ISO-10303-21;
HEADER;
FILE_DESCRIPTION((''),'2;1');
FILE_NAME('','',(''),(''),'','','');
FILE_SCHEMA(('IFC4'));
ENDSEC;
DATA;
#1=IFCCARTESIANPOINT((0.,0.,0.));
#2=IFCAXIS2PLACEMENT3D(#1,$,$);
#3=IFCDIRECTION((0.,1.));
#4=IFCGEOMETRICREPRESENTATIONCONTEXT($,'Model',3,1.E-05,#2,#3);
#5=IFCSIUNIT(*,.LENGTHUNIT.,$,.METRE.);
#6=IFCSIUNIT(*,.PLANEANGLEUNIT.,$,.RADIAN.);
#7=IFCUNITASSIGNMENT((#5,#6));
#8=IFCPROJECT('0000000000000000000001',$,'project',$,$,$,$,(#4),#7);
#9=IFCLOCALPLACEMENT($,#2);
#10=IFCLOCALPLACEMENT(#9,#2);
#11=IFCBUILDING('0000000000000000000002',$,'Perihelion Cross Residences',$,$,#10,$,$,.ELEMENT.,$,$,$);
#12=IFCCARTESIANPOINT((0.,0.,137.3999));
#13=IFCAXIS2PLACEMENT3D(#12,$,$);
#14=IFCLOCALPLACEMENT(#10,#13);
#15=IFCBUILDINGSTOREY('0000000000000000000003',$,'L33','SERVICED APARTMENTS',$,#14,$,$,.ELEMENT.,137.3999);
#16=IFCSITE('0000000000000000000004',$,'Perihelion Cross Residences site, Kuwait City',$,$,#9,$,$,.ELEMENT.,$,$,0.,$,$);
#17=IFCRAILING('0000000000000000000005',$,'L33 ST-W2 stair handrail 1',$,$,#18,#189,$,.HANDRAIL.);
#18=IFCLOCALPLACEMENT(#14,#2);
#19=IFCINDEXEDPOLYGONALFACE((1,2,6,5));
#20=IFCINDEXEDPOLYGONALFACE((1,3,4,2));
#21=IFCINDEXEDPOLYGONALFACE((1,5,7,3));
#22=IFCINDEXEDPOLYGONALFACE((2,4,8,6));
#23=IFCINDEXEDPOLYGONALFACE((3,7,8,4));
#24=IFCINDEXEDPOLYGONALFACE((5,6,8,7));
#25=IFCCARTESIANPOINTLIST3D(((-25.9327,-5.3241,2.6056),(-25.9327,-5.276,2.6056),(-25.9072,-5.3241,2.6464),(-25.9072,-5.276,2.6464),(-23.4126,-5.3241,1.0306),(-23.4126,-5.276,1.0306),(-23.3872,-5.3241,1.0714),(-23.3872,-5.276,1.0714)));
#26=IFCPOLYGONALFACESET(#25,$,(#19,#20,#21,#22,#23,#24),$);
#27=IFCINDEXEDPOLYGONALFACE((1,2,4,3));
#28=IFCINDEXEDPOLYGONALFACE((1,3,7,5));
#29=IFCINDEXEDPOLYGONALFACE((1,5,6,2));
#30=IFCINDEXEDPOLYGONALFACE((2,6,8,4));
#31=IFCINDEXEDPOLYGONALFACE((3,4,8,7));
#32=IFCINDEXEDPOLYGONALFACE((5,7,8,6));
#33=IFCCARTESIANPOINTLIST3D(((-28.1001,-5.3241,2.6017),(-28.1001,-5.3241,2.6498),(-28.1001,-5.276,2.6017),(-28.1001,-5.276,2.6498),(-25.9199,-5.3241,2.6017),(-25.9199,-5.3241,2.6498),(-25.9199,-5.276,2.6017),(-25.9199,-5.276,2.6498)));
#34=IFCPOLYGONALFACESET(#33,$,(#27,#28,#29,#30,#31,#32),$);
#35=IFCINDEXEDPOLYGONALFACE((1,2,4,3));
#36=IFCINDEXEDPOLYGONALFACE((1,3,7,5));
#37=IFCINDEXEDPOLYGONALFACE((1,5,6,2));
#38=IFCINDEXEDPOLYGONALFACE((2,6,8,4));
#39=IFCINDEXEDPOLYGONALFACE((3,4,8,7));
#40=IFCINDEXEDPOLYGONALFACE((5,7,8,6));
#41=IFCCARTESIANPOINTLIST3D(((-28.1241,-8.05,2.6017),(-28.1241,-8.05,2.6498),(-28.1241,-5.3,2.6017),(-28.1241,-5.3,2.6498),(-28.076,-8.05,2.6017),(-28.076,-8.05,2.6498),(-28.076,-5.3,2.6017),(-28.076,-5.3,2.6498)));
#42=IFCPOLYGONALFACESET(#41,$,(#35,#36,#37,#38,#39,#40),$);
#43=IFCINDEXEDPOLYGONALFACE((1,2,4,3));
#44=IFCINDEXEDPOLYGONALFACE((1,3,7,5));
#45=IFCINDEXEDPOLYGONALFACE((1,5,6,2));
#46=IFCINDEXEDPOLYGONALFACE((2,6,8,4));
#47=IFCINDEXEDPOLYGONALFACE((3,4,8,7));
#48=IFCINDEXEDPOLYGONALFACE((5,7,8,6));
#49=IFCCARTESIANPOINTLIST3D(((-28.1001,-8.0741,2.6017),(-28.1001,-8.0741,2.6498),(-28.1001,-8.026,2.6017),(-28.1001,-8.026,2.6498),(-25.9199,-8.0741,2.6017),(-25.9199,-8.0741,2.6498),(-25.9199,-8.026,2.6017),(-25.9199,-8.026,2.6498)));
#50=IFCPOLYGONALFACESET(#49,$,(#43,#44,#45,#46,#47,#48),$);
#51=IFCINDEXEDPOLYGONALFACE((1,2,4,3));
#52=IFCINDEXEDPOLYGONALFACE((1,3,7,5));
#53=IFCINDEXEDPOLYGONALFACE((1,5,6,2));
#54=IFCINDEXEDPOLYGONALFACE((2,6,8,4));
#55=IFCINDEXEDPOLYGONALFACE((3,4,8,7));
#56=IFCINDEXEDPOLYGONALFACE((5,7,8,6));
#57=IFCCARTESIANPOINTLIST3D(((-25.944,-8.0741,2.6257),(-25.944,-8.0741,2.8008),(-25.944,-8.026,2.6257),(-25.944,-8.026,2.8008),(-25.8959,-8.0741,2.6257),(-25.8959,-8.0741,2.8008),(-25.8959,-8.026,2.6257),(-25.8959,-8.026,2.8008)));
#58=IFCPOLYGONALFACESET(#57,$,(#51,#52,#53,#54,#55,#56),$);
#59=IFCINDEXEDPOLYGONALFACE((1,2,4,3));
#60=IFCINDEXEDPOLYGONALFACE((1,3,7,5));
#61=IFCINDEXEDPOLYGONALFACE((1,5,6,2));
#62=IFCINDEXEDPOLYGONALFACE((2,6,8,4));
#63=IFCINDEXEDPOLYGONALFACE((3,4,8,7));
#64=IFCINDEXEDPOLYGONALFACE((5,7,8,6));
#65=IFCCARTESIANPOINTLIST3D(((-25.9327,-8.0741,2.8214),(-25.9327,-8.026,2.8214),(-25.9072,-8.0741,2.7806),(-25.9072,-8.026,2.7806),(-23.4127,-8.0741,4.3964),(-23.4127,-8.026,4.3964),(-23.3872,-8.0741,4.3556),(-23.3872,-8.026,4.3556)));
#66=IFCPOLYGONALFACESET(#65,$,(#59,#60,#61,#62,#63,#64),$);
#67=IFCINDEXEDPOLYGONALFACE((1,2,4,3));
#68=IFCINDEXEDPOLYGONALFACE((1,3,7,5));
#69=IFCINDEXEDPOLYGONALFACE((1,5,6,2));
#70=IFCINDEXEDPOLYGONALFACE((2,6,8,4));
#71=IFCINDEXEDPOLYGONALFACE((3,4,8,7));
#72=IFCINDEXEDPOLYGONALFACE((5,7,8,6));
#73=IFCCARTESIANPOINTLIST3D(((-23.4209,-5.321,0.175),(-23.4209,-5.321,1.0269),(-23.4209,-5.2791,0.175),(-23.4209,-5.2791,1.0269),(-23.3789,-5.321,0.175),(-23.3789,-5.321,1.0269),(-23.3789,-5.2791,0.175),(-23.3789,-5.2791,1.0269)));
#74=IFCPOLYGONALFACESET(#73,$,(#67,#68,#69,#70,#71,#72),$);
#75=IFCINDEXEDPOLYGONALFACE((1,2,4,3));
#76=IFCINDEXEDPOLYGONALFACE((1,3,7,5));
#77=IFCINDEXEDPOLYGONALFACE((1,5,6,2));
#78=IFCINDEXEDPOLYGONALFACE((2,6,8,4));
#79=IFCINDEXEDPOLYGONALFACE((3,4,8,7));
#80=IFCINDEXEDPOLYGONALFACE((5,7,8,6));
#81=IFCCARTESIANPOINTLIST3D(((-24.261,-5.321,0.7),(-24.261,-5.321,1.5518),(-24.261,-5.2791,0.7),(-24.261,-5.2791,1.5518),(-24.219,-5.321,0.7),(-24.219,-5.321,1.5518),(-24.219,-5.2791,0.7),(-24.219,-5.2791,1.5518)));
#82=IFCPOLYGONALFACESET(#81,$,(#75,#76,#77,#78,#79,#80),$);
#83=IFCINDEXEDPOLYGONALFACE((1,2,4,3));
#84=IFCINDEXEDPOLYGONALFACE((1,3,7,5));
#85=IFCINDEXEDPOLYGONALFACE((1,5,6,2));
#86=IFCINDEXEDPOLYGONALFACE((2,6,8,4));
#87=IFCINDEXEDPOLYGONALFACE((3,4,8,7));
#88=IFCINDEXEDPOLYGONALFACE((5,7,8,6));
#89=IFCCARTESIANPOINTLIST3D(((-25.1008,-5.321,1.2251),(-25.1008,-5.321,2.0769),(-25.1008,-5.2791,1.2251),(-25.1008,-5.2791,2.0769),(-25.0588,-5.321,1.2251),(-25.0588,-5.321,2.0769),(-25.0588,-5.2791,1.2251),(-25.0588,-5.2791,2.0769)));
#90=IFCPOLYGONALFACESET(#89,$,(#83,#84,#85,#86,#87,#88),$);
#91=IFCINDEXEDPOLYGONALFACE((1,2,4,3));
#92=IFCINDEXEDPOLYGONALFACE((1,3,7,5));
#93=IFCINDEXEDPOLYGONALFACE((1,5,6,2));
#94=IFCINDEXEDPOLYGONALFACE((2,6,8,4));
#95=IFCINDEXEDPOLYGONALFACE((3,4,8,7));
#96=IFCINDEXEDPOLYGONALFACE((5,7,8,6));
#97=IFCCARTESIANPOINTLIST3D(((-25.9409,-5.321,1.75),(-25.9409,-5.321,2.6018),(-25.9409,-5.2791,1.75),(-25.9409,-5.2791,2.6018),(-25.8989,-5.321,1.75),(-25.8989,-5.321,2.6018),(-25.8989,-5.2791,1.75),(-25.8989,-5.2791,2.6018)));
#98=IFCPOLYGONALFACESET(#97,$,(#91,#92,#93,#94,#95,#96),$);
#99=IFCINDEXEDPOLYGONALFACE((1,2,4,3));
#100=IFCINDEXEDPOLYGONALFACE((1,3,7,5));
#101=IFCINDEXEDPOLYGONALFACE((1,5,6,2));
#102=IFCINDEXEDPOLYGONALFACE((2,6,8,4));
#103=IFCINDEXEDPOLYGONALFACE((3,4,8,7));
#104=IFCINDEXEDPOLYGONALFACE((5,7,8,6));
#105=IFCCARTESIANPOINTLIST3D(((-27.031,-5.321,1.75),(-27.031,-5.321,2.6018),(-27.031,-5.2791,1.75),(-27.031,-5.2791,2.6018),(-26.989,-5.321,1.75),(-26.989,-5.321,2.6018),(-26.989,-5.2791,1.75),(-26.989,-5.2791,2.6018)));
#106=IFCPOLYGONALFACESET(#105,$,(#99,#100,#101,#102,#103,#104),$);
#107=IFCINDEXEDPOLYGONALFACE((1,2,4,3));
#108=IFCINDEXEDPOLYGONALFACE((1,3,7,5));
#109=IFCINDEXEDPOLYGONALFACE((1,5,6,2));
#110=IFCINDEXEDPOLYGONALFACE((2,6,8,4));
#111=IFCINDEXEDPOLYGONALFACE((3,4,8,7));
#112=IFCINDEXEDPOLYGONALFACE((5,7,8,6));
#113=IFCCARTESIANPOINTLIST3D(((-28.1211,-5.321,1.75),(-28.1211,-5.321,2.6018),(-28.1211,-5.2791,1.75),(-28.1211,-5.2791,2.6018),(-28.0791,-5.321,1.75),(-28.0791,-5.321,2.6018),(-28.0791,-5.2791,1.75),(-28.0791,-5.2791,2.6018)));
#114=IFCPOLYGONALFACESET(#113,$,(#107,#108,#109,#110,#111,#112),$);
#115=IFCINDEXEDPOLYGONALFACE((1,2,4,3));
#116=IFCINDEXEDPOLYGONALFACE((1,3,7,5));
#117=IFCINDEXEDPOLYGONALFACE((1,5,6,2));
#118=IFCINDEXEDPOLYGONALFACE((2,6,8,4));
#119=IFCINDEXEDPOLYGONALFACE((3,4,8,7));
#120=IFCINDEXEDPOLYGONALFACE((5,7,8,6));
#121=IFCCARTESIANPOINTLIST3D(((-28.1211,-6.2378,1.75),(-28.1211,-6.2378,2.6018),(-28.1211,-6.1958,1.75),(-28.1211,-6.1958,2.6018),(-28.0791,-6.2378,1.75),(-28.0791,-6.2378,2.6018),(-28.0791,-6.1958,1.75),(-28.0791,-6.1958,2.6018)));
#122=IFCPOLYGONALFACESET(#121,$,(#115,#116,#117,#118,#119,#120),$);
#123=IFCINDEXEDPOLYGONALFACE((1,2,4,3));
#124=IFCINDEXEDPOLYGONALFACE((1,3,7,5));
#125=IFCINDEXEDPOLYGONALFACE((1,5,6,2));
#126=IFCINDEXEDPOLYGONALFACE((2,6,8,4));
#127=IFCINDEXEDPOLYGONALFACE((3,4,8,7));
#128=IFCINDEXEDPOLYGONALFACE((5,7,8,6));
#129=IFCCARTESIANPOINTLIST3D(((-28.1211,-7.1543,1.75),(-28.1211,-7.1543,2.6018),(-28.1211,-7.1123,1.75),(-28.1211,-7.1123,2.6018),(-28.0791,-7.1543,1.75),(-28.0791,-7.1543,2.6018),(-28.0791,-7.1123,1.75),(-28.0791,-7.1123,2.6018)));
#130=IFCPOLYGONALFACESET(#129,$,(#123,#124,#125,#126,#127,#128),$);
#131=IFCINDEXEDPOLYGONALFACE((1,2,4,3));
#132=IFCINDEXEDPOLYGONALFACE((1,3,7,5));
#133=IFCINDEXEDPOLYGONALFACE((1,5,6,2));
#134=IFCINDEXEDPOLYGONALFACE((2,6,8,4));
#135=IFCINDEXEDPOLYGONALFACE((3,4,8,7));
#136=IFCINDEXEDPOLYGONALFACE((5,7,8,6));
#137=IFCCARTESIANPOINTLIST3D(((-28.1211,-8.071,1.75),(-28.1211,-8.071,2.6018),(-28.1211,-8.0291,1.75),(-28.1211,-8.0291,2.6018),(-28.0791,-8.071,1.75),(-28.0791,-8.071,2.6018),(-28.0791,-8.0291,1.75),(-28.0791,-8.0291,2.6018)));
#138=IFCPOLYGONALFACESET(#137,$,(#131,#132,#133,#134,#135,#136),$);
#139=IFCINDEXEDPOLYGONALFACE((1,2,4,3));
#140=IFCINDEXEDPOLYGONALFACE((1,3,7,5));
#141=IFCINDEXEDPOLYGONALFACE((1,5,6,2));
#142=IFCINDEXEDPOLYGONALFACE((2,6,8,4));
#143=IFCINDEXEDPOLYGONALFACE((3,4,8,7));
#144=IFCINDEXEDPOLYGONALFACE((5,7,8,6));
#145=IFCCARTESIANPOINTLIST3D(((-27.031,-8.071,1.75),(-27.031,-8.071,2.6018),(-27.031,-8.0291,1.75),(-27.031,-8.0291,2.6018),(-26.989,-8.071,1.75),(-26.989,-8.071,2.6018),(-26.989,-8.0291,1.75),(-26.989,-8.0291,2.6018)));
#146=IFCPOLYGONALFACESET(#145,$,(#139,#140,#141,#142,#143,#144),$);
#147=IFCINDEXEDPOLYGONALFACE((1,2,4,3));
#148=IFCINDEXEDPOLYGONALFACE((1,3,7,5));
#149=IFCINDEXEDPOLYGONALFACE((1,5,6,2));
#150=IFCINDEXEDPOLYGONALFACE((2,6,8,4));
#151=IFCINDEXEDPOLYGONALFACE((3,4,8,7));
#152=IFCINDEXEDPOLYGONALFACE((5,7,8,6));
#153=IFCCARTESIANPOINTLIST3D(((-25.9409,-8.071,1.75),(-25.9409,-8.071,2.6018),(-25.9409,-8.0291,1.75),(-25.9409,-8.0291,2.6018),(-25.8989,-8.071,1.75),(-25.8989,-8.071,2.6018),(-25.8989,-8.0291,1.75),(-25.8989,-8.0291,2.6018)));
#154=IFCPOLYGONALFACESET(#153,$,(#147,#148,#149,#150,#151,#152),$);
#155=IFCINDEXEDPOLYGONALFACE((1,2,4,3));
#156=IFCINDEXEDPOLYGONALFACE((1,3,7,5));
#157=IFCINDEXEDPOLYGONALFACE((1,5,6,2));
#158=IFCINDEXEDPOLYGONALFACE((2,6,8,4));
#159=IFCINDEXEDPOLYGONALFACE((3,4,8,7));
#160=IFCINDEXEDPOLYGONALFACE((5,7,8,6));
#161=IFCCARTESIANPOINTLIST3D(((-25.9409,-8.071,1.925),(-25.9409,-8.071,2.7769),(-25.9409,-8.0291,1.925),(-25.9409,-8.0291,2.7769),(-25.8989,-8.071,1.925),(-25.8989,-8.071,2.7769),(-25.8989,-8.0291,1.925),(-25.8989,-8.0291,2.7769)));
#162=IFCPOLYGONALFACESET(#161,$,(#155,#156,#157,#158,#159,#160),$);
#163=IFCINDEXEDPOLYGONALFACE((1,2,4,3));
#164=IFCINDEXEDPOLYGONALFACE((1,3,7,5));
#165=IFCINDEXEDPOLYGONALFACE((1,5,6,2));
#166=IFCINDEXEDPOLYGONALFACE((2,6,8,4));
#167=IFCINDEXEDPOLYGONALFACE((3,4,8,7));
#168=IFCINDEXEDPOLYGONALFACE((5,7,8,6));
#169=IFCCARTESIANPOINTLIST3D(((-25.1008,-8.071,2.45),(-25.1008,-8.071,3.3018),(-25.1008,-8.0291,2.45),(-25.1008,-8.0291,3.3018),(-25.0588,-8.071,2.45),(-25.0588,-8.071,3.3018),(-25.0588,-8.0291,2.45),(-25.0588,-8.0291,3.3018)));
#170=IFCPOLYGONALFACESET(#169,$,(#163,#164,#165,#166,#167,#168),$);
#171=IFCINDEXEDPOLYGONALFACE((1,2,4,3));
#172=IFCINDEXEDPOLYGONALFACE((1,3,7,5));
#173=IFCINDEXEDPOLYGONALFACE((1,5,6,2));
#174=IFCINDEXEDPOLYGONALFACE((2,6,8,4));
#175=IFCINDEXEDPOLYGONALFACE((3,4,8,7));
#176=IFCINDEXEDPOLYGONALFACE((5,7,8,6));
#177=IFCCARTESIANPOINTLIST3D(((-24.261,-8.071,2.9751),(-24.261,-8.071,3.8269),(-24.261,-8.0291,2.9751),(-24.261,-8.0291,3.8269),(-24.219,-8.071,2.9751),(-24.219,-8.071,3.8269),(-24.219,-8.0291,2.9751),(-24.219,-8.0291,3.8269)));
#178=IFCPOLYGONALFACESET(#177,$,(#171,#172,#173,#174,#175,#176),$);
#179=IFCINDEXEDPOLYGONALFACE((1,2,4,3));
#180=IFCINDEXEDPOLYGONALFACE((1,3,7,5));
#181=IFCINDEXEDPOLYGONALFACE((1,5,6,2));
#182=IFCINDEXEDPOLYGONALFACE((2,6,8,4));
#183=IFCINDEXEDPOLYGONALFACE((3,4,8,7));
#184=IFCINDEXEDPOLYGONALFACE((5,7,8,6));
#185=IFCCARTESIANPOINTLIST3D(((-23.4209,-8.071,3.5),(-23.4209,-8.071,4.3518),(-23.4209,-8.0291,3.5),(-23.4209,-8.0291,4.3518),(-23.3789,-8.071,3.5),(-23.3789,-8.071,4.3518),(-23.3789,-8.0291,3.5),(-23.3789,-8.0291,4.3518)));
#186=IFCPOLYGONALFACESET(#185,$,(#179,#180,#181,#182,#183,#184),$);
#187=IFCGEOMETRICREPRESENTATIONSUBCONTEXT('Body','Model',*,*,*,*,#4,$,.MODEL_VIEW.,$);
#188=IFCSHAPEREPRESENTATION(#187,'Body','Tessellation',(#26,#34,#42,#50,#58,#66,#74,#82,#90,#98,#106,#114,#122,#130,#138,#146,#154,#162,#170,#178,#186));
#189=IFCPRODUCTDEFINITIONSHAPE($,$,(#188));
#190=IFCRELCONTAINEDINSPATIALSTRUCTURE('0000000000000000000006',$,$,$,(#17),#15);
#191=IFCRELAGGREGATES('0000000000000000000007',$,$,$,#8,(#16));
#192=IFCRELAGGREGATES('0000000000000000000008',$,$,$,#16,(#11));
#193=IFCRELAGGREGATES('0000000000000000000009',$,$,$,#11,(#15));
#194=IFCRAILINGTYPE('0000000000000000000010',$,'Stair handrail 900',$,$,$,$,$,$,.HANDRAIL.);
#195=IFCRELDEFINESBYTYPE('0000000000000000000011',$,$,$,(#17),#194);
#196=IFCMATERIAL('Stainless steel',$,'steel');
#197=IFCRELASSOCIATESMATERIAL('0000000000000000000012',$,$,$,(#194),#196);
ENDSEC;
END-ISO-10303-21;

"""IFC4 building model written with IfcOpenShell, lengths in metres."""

from ifc_helpers import new_model, si_unit, direction, frame, origin, origin_2d, place, context, subcontext, project, spatial, rectangle, extrude, material, type_object, element, save


model = new_model("IFC4")

# Units and contexts
model_context = context("Model", 3, precision=1e-05, world=origin(), true_north=direction((0.0, 1.0)))
body_context = subcontext(model_context, "Body", "Model", "MODEL_VIEW")
ifc_project = project(units=[si_unit("LENGTHUNIT", "METRE"), si_unit("PLANEANGLEUNIT", "RADIAN")], contexts=[model_context])

# Site, building, storey
site_placement = place(None, origin())
site = spatial("IfcSite", under=ifc_project, at=site_placement, Name="Perihelion Cross Residences site, Kuwait City", CompositionType="ELEMENT", RefElevation=0.0)
building_placement = place(site_placement, origin())
building = spatial("IfcBuilding", under=site, at=building_placement, Name="Perihelion Cross Residences", CompositionType="ELEMENT")
storey_placement = place(building_placement, frame((0.0, 0.0, 137.3999)))
storey = spatial("IfcBuildingStorey", under=building, at=storey_placement, Name="L33", Description="SERVICED APARTMENTS", CompositionType="ELEMENT", Elevation=137.3999)

# Railing
ifc_material_1 = material(Name="Stainless steel", Category="steel")
railing_type_1 = type_object("IfcRailingType", Name="Stair handrail 900", PredefinedType="HANDRAIL", material=ifc_material_1)
railing_1_placement = place(storey_placement, frame((-23.3999, -5.3, 0.175)))
element("IfcRailing", 1, at=railing_1_placement, inside=storey, type_object=railing_type_1, Name="L33 ST-W2 stair handrail 1", PredefinedType="HANDRAIL", context=body_context, shape_type="SweptSolid", body=[
    extrude(rectangle(XDim=0.0481, YDim=0.0481, at=origin_2d()), frame((0.0, 0.0, 0.876), z_axis=(-0.848008, 0.0, 0.529984), x_axis=(0.0, -1.0, 0.0)), (0.0, 0.0, 1.0), 2.9717),
    extrude(rectangle(XDim=0.0481, YDim=0.0481, at=origin_2d()), frame((-2.52, 0.0, 2.4507), z_axis=(-1.0, 0.0, 0.0), x_axis=(0.0, -1.0, 0.0)), (0.0, 0.0, 1.0), 2.1802),
    extrude(rectangle(XDim=0.0481, YDim=0.0481, at=origin_2d()), frame((-4.7002, 0.0, 2.4507), z_axis=(0.0, -1.0, 0.0), x_axis=(1.0, 0.0, 0.0)), (0.0, 0.0, 1.0), 2.75),
    extrude(rectangle(XDim=0.0481, YDim=0.0481, at=origin_2d()), frame((-4.7002, -2.75, 2.4507), z_axis=(1.0, 0.0, 0.0), x_axis=(0.0, 1.0, 0.0)), (0.0, 0.0, 1.0), 2.1802),
    extrude(rectangle(XDim=0.0481, YDim=0.0481, at=origin_2d()), frame((-2.52, -2.75, 2.4507), z_axis=(0.0, 0.0, 1.0), x_axis=(1.0, 0.0, 0.0)), (0.0, 0.0, 1.0), 0.175),
    extrude(rectangle(XDim=0.0481, YDim=0.0481, at=origin_2d()), frame((-2.52, -2.75, 2.626), z_axis=(0.848008, 0.0, 0.529984), x_axis=(0.0, 1.0, 0.0)), (0.0, 0.0, 1.0), 2.9717),
    extrude(rectangle(XDim=0.042, YDim=0.042, at=origin_2d()), origin(), (0.0, 0.0, 1.0), 0.8518),
    extrude(rectangle(XDim=0.042, YDim=0.042, at=origin_2d()), frame((-0.8401, 0.0, 0.5249)), (0.0, 0.0, 1.0), 0.8518),
    extrude(rectangle(XDim=0.042, YDim=0.042, at=origin_2d()), frame((-1.6799, 0.0, 1.05)), (0.0, 0.0, 1.0), 0.8518),
    extrude(rectangle(XDim=0.042, YDim=0.042, at=origin_2d()), frame((-2.52, 0.0, 1.575)), (0.0, 0.0, 1.0), 0.8518),
    extrude(rectangle(XDim=0.042, YDim=0.042, at=origin_2d()), frame((-3.6101, 0.0, 1.575)), (0.0, 0.0, 1.0), 0.8518),
    extrude(rectangle(XDim=0.042, YDim=0.042, at=origin_2d()), frame((-4.7002, 0.0, 1.575)), (0.0, 0.0, 1.0), 0.8518),
    extrude(rectangle(XDim=0.042, YDim=0.042, at=origin_2d()), frame((-4.7002, -0.9167, 1.575)), (0.0, 0.0, 1.0), 0.8518),
    extrude(rectangle(XDim=0.042, YDim=0.042, at=origin_2d()), frame((-4.7002, -1.8333, 1.575)), (0.0, 0.0, 1.0), 0.8518),
    extrude(rectangle(XDim=0.042, YDim=0.042, at=origin_2d()), frame((-4.7002, -2.75, 1.575)), (0.0, 0.0, 1.0), 0.8518),
    extrude(rectangle(XDim=0.042, YDim=0.042, at=origin_2d()), frame((-3.6101, -2.75, 1.575)), (0.0, 0.0, 1.0), 0.8518),
    extrude(rectangle(XDim=0.042, YDim=0.042, at=origin_2d()), frame((-2.52, -2.75, 1.575)), (0.0, 0.0, 1.0), 0.8518),
    extrude(rectangle(XDim=0.042, YDim=0.042, at=origin_2d()), frame((-2.52, -2.75, 1.75)), (0.0, 0.0, 1.0), 0.8518),
    extrude(rectangle(XDim=0.042, YDim=0.042, at=origin_2d()), frame((-1.6799, -2.75, 2.2749)), (0.0, 0.0, 1.0), 0.8518),
    extrude(rectangle(XDim=0.042, YDim=0.042, at=origin_2d()), frame((-0.8401, -2.75, 2.8)), (0.0, 0.0, 1.0), 0.8518),
    extrude(rectangle(XDim=0.042, YDim=0.042, at=origin_2d()), frame((0.0, -2.75, 3.325)), (0.0, 0.0, 1.0), 0.8518),
])

save(model, "model.ifc")
